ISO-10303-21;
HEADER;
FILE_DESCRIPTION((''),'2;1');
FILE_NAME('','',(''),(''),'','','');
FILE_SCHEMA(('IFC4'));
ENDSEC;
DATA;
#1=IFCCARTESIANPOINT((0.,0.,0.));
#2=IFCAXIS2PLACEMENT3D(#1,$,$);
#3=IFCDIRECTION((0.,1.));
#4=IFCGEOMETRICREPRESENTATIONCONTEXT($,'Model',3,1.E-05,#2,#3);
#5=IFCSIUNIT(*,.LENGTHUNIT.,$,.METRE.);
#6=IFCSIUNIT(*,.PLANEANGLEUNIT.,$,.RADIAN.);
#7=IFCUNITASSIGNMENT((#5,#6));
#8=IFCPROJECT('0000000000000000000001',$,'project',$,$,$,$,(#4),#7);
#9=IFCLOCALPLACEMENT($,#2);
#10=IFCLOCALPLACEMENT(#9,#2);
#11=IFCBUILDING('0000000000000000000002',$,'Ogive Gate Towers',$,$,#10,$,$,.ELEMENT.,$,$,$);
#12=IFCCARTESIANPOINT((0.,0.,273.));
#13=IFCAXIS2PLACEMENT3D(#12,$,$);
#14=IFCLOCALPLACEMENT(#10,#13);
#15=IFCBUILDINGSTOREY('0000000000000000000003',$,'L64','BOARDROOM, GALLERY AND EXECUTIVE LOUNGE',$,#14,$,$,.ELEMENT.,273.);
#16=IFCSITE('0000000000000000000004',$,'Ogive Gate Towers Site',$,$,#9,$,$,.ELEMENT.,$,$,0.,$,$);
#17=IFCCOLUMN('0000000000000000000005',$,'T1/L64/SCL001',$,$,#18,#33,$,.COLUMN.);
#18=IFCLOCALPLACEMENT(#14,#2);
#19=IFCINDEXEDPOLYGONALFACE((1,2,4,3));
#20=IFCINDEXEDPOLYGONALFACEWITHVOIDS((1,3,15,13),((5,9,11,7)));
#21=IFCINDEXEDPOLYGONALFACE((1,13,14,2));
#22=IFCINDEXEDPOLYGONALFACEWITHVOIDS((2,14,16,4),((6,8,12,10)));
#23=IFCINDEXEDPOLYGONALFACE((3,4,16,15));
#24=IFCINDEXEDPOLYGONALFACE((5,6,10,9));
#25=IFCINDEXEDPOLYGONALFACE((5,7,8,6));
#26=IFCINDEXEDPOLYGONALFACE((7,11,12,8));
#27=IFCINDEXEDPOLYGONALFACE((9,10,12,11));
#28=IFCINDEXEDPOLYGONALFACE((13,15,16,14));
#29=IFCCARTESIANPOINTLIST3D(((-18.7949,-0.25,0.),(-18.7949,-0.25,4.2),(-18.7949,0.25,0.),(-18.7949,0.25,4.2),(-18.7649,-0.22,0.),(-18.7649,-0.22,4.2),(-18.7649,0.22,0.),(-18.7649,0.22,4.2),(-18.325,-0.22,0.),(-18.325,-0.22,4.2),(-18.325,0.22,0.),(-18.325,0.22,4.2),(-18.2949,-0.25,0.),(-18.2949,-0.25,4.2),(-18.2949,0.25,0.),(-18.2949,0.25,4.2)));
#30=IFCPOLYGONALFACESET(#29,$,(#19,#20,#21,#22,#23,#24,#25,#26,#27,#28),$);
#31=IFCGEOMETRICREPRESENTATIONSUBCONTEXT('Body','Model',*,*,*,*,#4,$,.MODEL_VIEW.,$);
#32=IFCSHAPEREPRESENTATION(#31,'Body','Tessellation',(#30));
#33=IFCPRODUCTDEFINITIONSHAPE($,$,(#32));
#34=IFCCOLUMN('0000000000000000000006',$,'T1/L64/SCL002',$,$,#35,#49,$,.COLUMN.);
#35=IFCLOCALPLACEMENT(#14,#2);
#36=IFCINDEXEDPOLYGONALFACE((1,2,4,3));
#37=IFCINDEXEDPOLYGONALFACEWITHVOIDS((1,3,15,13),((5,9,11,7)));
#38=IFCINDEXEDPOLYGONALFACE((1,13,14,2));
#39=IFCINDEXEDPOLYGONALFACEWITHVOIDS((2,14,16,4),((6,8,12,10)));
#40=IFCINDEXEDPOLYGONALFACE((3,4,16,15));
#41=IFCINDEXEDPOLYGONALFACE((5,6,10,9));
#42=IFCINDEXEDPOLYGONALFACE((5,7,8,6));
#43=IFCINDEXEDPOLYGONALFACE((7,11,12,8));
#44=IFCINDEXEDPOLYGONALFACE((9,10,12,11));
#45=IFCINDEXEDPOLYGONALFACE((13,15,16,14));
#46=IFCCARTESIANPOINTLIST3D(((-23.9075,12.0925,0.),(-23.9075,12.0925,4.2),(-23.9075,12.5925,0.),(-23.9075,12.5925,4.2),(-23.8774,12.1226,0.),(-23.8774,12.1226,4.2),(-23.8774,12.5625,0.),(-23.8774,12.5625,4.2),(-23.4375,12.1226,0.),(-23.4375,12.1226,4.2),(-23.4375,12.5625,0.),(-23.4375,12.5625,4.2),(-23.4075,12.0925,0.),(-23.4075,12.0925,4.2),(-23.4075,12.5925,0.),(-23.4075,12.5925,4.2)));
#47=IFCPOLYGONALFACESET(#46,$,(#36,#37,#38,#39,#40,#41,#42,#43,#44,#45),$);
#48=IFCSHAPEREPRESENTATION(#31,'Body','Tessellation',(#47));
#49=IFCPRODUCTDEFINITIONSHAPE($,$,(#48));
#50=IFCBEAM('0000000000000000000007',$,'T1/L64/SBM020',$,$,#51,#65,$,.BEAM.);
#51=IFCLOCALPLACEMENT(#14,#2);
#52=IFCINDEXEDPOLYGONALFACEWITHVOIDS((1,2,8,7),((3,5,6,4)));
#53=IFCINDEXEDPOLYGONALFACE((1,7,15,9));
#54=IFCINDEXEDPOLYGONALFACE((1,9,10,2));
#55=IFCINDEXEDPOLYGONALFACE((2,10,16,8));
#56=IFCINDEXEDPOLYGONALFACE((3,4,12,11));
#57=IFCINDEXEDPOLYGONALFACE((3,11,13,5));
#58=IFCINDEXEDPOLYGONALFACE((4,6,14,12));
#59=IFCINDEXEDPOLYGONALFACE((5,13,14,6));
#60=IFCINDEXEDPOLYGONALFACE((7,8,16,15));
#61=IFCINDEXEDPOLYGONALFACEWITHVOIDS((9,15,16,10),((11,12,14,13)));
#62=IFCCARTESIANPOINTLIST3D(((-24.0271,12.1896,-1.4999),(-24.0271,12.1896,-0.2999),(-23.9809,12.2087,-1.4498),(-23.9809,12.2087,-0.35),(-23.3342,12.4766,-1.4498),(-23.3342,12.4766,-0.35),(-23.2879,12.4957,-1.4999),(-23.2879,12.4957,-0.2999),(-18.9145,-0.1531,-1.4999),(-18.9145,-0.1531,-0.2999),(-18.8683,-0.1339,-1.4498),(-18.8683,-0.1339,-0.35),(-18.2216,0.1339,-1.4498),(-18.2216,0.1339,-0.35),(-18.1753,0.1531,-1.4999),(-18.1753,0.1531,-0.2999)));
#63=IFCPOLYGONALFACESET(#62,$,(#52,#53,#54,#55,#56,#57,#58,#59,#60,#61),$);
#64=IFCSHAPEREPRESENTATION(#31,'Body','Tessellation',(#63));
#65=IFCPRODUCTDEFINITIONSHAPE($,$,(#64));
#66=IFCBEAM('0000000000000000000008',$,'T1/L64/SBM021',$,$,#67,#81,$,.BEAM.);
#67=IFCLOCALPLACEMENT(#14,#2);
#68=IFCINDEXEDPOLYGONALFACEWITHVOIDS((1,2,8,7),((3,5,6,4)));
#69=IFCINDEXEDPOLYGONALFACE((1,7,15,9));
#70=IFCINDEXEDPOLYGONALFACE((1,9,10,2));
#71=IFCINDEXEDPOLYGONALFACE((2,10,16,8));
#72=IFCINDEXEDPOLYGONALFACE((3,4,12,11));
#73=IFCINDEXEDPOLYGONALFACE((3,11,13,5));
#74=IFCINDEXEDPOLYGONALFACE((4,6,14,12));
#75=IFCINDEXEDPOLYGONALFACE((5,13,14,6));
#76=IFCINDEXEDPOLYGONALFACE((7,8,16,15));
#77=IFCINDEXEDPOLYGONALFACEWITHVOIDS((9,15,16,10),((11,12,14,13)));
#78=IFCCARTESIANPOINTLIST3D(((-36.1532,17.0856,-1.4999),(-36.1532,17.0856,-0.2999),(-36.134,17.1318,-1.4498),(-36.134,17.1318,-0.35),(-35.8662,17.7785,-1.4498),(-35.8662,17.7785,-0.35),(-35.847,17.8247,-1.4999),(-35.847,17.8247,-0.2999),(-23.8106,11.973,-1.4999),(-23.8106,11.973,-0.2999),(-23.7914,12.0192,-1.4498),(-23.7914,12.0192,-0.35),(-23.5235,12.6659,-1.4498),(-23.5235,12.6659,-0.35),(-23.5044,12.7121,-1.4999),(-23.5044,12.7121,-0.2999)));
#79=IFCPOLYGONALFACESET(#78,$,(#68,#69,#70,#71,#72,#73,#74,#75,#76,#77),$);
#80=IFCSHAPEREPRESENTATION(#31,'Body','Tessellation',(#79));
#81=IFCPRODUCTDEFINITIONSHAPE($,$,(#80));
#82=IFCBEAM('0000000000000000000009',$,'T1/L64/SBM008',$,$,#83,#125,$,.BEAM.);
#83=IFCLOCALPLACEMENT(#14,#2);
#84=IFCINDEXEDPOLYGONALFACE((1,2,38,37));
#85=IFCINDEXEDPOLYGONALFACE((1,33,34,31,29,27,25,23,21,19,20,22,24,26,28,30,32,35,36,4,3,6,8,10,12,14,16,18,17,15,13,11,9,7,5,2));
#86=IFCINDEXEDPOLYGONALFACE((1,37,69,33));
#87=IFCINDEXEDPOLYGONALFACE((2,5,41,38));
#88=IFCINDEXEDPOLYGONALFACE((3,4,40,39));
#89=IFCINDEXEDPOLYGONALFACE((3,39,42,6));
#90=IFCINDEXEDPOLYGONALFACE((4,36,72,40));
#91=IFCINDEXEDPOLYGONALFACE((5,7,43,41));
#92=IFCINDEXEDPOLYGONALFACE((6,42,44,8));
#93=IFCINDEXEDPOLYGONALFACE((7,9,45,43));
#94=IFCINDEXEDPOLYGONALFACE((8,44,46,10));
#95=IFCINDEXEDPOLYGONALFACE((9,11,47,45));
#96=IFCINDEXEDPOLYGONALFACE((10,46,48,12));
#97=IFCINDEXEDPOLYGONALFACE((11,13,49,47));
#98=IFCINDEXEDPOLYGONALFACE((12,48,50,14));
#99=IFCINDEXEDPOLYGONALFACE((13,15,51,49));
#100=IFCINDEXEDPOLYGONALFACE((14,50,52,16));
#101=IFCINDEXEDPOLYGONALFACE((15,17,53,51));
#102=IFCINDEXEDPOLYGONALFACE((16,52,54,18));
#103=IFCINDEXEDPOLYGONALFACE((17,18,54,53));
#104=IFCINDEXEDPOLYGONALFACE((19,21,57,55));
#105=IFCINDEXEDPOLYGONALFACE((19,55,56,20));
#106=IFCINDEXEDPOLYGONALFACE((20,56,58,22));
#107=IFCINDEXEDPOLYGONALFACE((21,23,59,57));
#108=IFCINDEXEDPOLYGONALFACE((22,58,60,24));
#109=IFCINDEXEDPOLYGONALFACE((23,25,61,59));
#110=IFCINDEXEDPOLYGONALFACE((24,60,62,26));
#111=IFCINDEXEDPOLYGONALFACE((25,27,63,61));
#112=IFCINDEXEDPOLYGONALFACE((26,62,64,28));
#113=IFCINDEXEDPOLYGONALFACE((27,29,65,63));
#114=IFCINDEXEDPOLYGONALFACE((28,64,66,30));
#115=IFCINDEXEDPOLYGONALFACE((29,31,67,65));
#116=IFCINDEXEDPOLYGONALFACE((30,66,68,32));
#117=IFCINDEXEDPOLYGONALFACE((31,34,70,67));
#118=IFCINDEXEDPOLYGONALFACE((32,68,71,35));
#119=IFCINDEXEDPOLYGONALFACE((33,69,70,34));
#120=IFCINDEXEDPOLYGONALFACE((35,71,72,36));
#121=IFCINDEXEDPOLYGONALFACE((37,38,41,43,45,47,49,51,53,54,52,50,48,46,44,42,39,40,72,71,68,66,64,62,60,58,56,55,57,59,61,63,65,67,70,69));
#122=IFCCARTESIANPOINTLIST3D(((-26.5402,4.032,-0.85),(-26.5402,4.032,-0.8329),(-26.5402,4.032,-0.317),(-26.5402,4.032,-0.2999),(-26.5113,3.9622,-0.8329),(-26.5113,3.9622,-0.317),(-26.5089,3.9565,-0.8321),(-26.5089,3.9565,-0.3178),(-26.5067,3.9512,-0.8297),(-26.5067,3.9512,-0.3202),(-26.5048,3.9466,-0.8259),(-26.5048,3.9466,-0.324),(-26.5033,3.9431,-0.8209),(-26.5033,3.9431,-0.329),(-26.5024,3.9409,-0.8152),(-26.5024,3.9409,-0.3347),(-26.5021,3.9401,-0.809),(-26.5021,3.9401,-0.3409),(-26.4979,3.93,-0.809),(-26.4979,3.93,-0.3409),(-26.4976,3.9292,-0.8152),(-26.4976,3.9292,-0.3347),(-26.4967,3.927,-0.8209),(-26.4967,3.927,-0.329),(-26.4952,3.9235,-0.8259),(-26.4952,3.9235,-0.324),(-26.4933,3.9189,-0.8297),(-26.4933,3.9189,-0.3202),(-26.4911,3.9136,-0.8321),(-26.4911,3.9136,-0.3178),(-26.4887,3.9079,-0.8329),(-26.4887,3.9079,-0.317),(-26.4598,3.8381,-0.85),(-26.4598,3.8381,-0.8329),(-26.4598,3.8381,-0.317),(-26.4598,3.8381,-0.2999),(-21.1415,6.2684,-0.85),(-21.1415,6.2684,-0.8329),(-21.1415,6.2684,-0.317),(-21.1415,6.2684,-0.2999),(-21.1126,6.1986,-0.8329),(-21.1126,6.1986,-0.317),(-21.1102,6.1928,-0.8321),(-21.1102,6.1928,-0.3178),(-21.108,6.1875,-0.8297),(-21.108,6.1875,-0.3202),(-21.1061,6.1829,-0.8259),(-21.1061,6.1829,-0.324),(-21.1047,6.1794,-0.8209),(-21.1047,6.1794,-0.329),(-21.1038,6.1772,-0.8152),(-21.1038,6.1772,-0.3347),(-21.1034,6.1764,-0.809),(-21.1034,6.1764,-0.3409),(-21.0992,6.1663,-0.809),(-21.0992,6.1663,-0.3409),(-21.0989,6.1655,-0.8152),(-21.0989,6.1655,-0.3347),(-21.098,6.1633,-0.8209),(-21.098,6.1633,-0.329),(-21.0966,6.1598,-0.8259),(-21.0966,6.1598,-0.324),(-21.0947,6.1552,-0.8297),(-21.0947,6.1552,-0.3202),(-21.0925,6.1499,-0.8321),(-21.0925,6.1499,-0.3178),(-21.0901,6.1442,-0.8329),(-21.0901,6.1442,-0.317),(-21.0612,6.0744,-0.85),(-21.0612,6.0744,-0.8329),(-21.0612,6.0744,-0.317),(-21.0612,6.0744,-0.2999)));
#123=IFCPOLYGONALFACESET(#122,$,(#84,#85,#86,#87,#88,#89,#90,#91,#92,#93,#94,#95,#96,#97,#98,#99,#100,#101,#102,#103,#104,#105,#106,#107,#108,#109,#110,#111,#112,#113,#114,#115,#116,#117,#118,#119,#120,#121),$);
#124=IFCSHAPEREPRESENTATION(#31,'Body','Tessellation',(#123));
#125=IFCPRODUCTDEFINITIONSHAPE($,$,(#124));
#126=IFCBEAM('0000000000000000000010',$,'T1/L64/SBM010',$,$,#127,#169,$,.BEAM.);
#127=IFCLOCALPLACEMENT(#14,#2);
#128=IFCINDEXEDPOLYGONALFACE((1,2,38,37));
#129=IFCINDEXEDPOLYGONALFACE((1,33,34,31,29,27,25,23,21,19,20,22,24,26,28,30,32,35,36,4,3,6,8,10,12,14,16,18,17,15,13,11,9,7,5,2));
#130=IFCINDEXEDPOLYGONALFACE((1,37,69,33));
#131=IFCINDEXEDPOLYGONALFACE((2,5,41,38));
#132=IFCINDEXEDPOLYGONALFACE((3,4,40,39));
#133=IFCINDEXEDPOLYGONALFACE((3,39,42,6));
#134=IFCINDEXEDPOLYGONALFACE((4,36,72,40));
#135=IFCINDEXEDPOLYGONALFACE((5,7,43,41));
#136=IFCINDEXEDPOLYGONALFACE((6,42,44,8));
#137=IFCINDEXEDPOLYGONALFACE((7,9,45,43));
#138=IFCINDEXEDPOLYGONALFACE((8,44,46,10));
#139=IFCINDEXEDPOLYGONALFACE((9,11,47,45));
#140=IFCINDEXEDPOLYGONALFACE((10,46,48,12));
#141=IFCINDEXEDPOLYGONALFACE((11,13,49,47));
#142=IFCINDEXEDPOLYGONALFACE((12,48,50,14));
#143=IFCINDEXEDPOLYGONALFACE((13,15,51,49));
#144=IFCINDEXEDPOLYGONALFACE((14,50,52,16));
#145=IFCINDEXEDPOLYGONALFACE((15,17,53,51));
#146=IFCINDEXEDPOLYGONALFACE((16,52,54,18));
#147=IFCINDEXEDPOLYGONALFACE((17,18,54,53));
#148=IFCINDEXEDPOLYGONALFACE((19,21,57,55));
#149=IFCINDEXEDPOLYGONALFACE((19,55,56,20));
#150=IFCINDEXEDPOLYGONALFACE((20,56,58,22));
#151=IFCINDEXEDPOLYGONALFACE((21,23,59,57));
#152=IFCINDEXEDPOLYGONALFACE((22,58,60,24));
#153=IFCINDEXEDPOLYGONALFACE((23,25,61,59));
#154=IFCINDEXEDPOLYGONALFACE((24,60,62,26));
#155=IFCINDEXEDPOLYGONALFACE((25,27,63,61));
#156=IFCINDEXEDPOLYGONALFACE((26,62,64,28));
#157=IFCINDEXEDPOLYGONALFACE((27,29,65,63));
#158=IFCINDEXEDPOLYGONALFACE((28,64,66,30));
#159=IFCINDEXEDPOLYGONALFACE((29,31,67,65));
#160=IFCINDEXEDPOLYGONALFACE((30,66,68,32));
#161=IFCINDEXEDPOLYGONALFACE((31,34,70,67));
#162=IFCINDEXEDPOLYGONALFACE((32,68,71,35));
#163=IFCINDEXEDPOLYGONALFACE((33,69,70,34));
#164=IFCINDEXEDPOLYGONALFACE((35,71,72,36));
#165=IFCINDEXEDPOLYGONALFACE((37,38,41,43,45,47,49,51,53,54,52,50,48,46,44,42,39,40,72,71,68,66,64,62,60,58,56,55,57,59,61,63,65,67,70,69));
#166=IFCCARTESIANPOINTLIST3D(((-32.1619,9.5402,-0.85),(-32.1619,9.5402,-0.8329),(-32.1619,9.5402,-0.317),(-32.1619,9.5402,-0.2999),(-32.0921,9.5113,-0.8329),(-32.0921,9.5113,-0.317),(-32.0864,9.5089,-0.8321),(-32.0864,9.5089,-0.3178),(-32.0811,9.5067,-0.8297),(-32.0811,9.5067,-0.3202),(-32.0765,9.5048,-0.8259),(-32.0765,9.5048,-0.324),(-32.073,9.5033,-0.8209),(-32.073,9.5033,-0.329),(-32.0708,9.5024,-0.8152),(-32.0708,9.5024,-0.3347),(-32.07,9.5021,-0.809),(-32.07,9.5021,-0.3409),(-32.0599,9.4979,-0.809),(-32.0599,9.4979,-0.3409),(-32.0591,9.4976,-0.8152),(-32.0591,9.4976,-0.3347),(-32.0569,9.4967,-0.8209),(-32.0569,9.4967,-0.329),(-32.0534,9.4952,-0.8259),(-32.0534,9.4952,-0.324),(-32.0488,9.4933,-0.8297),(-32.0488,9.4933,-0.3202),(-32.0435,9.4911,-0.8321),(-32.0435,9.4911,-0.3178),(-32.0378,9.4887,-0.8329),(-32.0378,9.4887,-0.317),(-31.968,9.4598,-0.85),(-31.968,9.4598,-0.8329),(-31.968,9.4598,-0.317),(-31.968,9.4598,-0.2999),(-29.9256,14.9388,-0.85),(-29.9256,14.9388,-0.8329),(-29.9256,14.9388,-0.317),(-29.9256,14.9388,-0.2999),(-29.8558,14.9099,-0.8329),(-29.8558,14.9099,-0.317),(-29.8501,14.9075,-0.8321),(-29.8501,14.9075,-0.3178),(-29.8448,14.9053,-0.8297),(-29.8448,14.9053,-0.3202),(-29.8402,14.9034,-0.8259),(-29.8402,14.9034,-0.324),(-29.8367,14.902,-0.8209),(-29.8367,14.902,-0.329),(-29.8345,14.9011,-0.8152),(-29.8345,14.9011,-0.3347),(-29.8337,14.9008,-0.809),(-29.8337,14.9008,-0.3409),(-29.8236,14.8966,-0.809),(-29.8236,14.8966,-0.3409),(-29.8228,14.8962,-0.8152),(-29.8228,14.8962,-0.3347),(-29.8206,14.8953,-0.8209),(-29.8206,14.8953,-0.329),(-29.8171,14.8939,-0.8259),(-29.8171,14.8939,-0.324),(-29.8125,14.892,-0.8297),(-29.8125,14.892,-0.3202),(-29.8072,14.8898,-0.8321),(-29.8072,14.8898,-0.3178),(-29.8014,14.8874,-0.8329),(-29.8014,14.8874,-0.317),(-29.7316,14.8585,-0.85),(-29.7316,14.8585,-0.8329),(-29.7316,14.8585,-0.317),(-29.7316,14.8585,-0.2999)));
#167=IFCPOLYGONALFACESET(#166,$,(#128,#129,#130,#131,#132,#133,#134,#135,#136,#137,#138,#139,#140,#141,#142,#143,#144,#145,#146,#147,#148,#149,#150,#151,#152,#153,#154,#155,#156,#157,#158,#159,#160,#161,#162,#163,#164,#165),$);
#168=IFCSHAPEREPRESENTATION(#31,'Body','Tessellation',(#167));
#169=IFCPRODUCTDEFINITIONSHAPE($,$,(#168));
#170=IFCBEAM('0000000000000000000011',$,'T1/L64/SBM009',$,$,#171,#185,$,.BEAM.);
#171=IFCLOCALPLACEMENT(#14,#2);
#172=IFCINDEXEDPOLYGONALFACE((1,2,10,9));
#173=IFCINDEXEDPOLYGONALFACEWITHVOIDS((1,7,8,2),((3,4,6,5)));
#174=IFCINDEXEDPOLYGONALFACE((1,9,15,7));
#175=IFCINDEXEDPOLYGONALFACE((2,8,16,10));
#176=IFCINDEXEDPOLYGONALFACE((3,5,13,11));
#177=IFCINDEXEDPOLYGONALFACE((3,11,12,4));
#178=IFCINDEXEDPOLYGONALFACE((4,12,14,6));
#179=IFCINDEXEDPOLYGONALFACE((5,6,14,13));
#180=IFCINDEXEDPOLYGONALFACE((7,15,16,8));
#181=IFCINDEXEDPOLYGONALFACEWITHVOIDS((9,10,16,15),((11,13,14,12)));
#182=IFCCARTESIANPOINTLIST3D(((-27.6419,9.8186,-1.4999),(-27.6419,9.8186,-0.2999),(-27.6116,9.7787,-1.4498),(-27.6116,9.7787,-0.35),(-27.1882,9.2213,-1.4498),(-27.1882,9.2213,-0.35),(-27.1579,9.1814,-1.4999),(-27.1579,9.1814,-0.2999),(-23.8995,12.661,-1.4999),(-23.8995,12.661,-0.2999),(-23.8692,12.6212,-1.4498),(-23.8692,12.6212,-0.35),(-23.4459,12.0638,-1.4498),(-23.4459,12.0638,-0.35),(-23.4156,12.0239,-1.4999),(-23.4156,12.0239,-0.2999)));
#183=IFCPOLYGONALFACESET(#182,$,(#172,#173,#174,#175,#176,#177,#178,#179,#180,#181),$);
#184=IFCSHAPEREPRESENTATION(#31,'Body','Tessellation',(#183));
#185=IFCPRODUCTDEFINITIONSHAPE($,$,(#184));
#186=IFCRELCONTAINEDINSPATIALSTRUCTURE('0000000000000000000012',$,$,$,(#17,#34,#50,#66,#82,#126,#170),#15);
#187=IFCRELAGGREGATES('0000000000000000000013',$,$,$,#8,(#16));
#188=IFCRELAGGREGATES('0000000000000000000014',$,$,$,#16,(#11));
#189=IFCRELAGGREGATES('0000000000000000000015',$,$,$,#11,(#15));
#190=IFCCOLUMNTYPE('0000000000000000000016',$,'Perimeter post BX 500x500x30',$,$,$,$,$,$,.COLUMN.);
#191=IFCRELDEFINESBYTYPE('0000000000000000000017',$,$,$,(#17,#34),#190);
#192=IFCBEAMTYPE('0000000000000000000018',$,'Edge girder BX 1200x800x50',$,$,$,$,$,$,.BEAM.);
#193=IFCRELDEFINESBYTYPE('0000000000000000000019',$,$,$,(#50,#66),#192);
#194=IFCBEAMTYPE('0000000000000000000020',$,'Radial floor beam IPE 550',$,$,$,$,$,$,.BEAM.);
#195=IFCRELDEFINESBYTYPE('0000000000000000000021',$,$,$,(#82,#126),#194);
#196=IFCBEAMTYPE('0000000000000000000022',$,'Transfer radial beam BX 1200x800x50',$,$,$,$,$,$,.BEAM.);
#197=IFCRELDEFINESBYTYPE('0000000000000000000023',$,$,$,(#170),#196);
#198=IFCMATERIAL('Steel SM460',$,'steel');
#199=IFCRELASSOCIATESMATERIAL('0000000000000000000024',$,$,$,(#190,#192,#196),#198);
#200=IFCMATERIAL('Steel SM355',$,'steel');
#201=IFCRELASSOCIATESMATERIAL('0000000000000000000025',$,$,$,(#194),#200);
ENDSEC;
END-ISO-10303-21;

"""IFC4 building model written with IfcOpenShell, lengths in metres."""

from ifc_helpers import new_model, si_unit, direction, frame, origin, origin_2d, place, context, subcontext, project, spatial, hollow_rectangle, i_section, extrude, material, material_profile, profile_set, type_object, element, save


model = new_model("IFC4")

# Units and contexts
model_context = context("Model", 3, precision=1e-05, world=origin(), true_north=direction((0.0, 1.0)))
body_context = subcontext(model_context, "Body", "Model", "MODEL_VIEW")
ifc_project = project(units=[si_unit("LENGTHUNIT", "METRE"), si_unit("PLANEANGLEUNIT", "RADIAN")], contexts=[model_context])

# Site, building, storey
site_placement = place(None, origin())
site = spatial("IfcSite", under=ifc_project, at=site_placement, Name="Ogive Gate Towers Site", CompositionType="ELEMENT", RefElevation=0.0)
building_placement = place(site_placement, origin())
building = spatial("IfcBuilding", under=site, at=building_placement, Name="Ogive Gate Towers", CompositionType="ELEMENT")
storey_placement = place(building_placement, frame((0.0, 0.0, 273.0)))
storey = spatial("IfcBuildingStorey", under=building, at=storey_placement, Name="L64", Description="BOARDROOM, GALLERY AND EXECUTIVE LOUNGE", CompositionType="ELEMENT", Elevation=273.0)

# Columns
ifc_material_1 = material(Name="Steel SM460", Category="steel")
ifc_material_profile_1 = material_profile(ifc_material_1, hollow_rectangle(XDim=0.5, YDim=0.5, WallThickness=0.03, at=origin_2d()), Name="BX 500x500x30")
ifc_profile_set_1 = profile_set([ifc_material_profile_1], Name="Steel SM460")
column_type = type_object("IfcColumnType", Name="Perimeter post BX 500x500x30", PredefinedType="COLUMN", material=ifc_profile_set_1)
for number, where, z_axis, x_axis, name in (
    (1, (-18.5449, 0.0, 0.0), (0.0, 0.0, 1.0), (1.0, 0.0, 0.0), "T1/L64/SCL001"),
    (2, (-23.6575, 12.3425, 0.0), (0.0, 0.0, 1.0), (1.0, 0.0, 0.0), "T1/L64/SCL002"),
):
    element("IfcColumn", number, at=place(storey_placement, frame(where, z_axis=z_axis, x_axis=x_axis)), inside=storey, type_object=column_type, Name=name, PredefinedType="COLUMN", context=body_context, shape_type="SweptSolid", body=[
        extrude(hollow_rectangle(XDim=0.5, YDim=0.5, WallThickness=0.03, at=origin_2d()), origin(), (0.0, 0.0, 1.0), 4.2),
    ])

# Beams
ifc_material_profile_2 = material_profile(ifc_material_1, hollow_rectangle(XDim=0.8, YDim=1.2, WallThickness=0.05, at=origin_2d()), Name="BX 1200x800x50")
ifc_profile_set_2 = profile_set([ifc_material_profile_2], Name="Steel SM460")
beam_type_1 = type_object("IfcBeamType", Name="Edge girder BX 1200x800x50", PredefinedType="BEAM", material=ifc_profile_set_2)
for number, where, z_axis, x_axis, name in (
    (3, (-18.5449, 0.0, -0.8999), (-0.38269, 0.923877, 0.0), (-0.923877, -0.38269, 0.0), "T1/L64/SBM020"),
    (4, (-23.6575, 12.3425, -0.8999), (-0.923877, 0.38269, 0.0), (-0.38269, -0.923877, 0.0), "T1/L64/SBM021"),
):
    element("IfcBeam", number, at=place(storey_placement, frame(where, z_axis=z_axis, x_axis=x_axis)), inside=storey, type_object=beam_type_1, Name=name, PredefinedType="BEAM", context=body_context, shape_type="SweptSolid", body=[
        extrude(hollow_rectangle(XDim=0.8, YDim=1.2, WallThickness=0.05, at=origin_2d()), origin(), (0.0, 0.0, 1.0), 13.3596),
    ])
ifc_material_2 = material(Name="Steel SM355", Category="steel")
ifc_material_profile_3 = material_profile(ifc_material_2, i_section(OverallWidth=0.21, OverallDepth=0.55, WebThickness=0.011, FlangeThickness=0.0171, FilletRadius=0.0239, at=origin_2d()), Name="IPE 550")
ifc_profile_set_3 = profile_set([ifc_material_profile_3], Name="Steel SM355")
beam_type_2 = type_object("IfcBeamType", Name="Radial floor beam IPE 550", PredefinedType="BEAM", material=ifc_profile_set_3)
for number, where, z_axis, x_axis, name in (
    (5, (-26.5, 3.9351, -0.575), (0.923872, 0.382701, 0.0), (-0.382701, 0.923872, 0.0), "T1/L64/SBM008"),
    (6, (-32.0649, 9.5, -0.575), (0.382701, 0.923872, 0.0), (-0.923872, 0.382701, 0.0), "T1/L64/SBM010"),
):
    element("IfcBeam", number, at=place(storey_placement, frame(where, z_axis=z_axis, x_axis=x_axis)), inside=storey, type_object=beam_type_2, Name=name, PredefinedType="BEAM", context=body_context, shape_type="SweptSolid", body=[
        extrude(i_section(OverallWidth=0.21, OverallDepth=0.55, WebThickness=0.011, FlangeThickness=0.0171, FilletRadius=0.0239, at=origin_2d()), origin(), (0.0, 0.0, 1.0), 5.8435),
    ])
ifc_material_profile_4 = material_profile(ifc_material_1, hollow_rectangle(XDim=0.8, YDim=1.2, WallThickness=0.05, at=origin_2d()), Name="BX 1200x800x50")
ifc_profile_set_4 = profile_set([ifc_material_profile_4], Name="Steel SM460")
beam_type_3 = type_object("IfcBeamType", Name="Transfer radial beam BX 1200x800x50", PredefinedType="BEAM", material=ifc_profile_set_4)
beam_placement = place(storey_placement, frame((-27.3999, 9.5, -0.8999), z_axis=(0.796338, 0.604851, 0.0), x_axis=(-0.604851, 0.796338, 0.0)))
element("IfcBeam", 7, at=beam_placement, inside=storey, type_object=beam_type_3, Name="T1/L64/SBM009", PredefinedType="BEAM", context=body_context, shape_type="SweptSolid", body=[
    extrude(hollow_rectangle(XDim=0.8, YDim=1.2, WallThickness=0.05, at=origin_2d()), origin(), (0.0, 0.0, 1.0), 4.6995),
])

save(model, "model.ifc")
